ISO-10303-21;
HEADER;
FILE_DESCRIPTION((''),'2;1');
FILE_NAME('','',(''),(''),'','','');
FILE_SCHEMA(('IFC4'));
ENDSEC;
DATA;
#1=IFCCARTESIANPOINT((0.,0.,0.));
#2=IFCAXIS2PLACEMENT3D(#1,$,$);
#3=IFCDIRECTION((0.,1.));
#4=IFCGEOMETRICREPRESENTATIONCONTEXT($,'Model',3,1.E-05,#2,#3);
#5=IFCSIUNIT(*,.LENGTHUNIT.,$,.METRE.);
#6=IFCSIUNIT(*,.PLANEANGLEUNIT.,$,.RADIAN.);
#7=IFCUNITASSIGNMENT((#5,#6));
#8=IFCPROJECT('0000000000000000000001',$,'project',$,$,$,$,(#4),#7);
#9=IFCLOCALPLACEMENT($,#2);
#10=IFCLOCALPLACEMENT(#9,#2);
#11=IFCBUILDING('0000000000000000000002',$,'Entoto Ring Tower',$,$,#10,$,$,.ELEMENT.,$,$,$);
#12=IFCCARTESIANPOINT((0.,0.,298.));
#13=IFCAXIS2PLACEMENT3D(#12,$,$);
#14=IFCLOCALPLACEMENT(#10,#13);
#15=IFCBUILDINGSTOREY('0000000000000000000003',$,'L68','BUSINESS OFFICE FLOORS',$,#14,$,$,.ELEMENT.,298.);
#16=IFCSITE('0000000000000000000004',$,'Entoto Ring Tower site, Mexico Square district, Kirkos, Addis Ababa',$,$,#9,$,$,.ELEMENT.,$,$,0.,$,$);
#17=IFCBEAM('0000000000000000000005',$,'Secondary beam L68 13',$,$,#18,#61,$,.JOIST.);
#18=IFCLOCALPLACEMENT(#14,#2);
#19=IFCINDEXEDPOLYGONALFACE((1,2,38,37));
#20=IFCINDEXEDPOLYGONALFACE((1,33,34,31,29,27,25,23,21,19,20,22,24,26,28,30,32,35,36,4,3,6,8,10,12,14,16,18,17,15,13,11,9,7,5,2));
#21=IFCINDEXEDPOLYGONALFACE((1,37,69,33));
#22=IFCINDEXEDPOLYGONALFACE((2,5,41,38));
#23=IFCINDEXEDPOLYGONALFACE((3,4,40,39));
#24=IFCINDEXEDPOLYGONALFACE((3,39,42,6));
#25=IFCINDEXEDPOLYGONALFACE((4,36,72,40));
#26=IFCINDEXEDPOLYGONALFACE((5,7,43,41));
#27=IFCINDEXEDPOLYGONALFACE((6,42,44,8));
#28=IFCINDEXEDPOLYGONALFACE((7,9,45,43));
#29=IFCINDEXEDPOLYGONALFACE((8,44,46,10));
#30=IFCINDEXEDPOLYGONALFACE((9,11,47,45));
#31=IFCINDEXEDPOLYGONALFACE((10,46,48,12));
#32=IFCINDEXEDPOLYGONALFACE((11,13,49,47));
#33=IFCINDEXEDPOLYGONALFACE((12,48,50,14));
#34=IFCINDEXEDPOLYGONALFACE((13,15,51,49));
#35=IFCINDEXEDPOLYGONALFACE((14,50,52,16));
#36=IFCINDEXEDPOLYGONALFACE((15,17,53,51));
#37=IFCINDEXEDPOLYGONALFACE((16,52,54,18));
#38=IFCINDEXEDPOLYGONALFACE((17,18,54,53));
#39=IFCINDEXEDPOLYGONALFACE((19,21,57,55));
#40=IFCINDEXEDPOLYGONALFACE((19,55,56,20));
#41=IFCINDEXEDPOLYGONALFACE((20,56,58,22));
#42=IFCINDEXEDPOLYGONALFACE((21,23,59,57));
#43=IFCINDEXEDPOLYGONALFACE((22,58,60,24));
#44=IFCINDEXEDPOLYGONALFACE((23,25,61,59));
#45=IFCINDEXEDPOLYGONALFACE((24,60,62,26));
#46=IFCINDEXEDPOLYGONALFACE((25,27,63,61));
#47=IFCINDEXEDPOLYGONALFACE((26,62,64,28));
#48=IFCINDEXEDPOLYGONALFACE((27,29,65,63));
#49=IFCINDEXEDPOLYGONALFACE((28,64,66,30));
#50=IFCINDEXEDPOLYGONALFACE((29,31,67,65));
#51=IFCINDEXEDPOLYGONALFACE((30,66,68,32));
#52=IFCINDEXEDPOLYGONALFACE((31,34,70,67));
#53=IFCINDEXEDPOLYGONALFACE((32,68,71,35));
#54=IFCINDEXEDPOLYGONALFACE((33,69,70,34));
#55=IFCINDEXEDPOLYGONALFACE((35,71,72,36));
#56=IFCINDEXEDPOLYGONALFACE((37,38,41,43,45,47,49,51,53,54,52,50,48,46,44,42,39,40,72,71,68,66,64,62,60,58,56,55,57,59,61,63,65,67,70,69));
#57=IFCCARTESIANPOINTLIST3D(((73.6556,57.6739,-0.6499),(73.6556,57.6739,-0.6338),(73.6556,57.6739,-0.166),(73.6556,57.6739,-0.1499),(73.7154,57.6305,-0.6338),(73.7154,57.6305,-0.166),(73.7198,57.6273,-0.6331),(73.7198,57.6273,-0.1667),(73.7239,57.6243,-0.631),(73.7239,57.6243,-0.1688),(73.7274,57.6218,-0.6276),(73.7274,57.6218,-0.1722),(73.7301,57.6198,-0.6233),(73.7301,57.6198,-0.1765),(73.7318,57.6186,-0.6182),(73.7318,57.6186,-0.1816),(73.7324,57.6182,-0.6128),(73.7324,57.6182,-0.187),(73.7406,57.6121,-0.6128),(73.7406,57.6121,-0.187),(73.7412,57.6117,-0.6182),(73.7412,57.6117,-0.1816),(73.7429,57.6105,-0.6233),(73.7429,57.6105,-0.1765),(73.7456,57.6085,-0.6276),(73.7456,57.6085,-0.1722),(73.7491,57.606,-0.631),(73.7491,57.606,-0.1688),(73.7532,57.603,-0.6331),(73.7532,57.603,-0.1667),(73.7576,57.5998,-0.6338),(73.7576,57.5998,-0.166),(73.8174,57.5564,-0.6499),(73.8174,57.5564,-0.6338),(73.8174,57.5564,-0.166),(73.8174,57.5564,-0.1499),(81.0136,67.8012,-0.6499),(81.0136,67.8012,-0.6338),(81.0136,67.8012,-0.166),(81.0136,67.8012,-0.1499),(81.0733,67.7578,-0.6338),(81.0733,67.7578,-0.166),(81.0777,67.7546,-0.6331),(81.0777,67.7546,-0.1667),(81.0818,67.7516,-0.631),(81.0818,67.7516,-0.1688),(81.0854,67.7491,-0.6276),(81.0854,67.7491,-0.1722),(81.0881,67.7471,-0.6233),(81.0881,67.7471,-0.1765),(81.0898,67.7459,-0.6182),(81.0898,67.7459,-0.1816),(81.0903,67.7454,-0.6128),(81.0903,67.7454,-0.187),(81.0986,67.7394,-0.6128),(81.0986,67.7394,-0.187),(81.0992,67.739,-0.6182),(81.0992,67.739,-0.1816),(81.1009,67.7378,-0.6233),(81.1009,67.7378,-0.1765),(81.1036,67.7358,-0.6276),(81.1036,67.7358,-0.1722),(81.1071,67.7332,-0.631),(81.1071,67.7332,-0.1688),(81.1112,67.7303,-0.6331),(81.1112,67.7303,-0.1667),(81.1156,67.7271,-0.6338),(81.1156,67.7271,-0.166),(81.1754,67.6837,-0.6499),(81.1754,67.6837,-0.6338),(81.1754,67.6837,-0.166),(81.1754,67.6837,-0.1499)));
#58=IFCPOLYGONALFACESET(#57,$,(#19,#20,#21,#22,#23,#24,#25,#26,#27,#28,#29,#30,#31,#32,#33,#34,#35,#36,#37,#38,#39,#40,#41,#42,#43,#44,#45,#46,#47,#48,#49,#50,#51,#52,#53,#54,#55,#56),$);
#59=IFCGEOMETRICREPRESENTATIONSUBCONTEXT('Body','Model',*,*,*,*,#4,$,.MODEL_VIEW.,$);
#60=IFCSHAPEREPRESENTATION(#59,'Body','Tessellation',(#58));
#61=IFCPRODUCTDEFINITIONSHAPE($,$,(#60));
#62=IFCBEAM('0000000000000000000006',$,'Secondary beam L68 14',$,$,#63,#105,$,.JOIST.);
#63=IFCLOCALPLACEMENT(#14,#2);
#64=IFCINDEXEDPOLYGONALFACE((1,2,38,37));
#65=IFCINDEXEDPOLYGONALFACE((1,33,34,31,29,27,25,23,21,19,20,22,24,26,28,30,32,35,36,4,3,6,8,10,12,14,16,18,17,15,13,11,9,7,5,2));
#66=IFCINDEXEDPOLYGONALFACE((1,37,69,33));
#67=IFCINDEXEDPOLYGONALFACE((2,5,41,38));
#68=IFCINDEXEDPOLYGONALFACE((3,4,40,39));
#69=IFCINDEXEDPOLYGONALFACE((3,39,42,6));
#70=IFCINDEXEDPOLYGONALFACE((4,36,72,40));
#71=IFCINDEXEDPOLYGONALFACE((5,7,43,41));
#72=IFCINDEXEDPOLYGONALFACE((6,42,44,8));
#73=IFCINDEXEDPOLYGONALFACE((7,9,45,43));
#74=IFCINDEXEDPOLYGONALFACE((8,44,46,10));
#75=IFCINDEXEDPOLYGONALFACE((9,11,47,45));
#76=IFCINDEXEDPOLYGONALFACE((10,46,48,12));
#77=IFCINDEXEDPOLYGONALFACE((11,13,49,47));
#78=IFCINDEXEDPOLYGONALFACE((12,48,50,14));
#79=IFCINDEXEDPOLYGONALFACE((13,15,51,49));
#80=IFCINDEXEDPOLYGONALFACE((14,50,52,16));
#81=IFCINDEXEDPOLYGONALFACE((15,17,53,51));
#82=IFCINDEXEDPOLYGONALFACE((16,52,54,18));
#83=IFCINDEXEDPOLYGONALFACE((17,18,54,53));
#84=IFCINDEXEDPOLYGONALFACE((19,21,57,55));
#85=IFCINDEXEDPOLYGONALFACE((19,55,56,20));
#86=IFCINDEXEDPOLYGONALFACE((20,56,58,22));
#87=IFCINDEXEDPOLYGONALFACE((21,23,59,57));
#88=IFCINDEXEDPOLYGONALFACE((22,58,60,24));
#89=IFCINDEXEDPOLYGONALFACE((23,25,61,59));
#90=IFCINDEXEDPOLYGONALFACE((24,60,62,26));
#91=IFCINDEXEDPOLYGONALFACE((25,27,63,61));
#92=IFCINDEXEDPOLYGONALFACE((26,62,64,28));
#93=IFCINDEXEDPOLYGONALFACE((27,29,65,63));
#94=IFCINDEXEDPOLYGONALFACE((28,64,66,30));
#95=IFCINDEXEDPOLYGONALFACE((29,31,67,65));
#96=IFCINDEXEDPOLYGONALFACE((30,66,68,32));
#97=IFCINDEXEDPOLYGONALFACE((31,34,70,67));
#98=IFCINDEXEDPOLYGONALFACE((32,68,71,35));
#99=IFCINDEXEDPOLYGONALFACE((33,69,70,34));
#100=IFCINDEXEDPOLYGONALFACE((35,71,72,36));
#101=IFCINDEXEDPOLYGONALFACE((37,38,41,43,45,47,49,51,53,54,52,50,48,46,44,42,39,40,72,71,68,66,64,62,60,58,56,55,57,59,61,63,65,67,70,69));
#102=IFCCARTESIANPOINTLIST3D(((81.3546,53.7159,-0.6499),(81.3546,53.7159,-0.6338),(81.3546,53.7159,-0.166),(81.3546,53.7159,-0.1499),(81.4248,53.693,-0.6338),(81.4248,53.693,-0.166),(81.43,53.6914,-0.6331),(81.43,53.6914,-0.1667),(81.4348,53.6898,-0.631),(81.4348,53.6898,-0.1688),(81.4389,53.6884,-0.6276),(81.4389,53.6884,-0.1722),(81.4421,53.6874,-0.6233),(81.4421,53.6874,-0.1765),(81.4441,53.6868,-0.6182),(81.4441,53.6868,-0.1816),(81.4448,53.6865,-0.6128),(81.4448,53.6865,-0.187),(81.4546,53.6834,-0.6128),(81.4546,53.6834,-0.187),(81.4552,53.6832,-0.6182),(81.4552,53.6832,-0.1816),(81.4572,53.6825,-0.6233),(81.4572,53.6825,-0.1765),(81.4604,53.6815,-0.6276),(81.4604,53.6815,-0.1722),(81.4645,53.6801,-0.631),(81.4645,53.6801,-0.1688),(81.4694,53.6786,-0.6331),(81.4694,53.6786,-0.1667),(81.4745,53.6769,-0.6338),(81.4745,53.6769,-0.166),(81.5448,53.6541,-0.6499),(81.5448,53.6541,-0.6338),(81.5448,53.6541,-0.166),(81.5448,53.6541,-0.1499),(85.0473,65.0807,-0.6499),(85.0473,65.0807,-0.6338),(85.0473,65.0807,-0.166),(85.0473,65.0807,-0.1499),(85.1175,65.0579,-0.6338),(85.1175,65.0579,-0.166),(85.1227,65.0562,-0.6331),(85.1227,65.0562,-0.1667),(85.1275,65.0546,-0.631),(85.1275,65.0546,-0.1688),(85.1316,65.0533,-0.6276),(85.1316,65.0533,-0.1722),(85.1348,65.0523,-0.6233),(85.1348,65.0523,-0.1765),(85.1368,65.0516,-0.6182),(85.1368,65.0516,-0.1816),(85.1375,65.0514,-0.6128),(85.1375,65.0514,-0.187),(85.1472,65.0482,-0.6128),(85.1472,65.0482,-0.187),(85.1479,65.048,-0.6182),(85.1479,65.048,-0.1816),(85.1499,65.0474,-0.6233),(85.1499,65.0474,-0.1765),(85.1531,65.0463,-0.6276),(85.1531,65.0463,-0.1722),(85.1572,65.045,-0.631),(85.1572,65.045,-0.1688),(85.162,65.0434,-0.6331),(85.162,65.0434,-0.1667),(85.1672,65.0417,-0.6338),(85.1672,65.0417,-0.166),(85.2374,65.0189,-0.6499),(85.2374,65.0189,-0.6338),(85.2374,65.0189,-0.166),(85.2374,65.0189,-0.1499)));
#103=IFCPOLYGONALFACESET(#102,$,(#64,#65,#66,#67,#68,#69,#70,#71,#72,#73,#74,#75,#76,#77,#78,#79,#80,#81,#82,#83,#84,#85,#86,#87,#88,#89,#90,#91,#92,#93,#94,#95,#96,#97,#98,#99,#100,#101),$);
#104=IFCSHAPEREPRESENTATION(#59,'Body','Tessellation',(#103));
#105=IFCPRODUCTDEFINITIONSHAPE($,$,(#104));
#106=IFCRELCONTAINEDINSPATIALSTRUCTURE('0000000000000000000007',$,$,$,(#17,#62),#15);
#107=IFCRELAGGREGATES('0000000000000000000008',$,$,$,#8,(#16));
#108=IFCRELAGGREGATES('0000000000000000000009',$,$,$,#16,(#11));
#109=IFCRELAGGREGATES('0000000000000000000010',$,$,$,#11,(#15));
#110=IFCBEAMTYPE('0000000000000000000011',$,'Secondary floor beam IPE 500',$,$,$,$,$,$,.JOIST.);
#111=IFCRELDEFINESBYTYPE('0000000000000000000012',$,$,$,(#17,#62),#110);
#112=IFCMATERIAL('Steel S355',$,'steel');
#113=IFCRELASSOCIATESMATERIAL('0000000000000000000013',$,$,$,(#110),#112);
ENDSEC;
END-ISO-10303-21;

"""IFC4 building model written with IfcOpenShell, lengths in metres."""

from ifc_helpers import new_model, si_unit, direction, frame, origin, origin_2d, place, context, subcontext, project, spatial, i_section, extrude, material, material_profile, profile_set, type_object, element, save


model = new_model("IFC4")

# Units and contexts
model_context = context("Model", 3, precision=1e-05, world=origin(), true_north=direction((0.0, 1.0)))
body_context = subcontext(model_context, "Body", "Model", "MODEL_VIEW")
ifc_project = project(units=[si_unit("LENGTHUNIT", "METRE"), si_unit("PLANEANGLEUNIT", "RADIAN")], contexts=[model_context])

# Site, building, storey
site_placement = place(None, origin())
site = spatial("IfcSite", under=ifc_project, at=site_placement, Name="Entoto Ring Tower site, Mexico Square district, Kirkos, Addis Ababa", CompositionType="ELEMENT", RefElevation=0.0)
building_placement = place(site_placement, origin())
building = spatial("IfcBuilding", under=site, at=building_placement, Name="Entoto Ring Tower", CompositionType="ELEMENT")
storey_placement = place(building_placement, frame((0.0, 0.0, 298.0)))
storey = spatial("IfcBuildingStorey", under=building, at=storey_placement, Name="L68", Description="BUSINESS OFFICE FLOORS", CompositionType="ELEMENT", Elevation=298.0)

# Beams
ifc_material_1 = material(Name="Steel S355", Category="steel")
ifc_material_profile_1 = material_profile(ifc_material_1, i_section(OverallWidth=0.2, OverallDepth=0.5, WebThickness=0.0103, FlangeThickness=0.0161, FilletRadius=0.021, at=origin_2d()), Name="IPE 500")
ifc_profile_set_1 = profile_set([ifc_material_profile_1], Name="Steel S355")
beam_type_1 = type_object("IfcBeamType", Name="Secondary floor beam IPE 500", PredefinedType="JOIST", material=ifc_profile_set_1)
for number, where, z_axis, x_axis, name in (
    (1, (81.0945, 67.7424, -0.3999), (-0.587789, -0.809014, 0.0), (0.809014, -0.587789, 0.0), "Secondary beam L68 13"),
):
    element("IfcBeam", number, at=place(storey_placement, frame(where, z_axis=z_axis, x_axis=x_axis)), inside=storey, type_object=beam_type_1, Name=name, PredefinedType="JOIST", context=body_context, shape_type="SweptSolid", body=[
        extrude(i_section(OverallWidth=0.2, OverallDepth=0.5, WebThickness=0.0103, FlangeThickness=0.0161, FilletRadius=0.021, at=origin_2d()), origin(), (0.0, 0.0, 1.0), 12.5181),
    ])
beam_1_placement = place(storey_placement, frame((85.1423, 65.0498, -0.3999), z_axis=(-0.309017, -0.951057, 0.0), x_axis=(0.951057, -0.309017, 0.0)))
element("IfcBeam", 2, at=beam_1_placement, inside=storey, type_object=beam_type_1, Name="Secondary beam L68 14", PredefinedType="JOIST", context=body_context, shape_type="SweptSolid", body=[
    extrude(i_section(OverallWidth=0.2, OverallDepth=0.5, WebThickness=0.0103, FlangeThickness=0.0161, FilletRadius=0.021, at=origin_2d()), origin(), (0.0, 0.0, 1.0), 11.9497),
])

save(model, "model.ifc")
